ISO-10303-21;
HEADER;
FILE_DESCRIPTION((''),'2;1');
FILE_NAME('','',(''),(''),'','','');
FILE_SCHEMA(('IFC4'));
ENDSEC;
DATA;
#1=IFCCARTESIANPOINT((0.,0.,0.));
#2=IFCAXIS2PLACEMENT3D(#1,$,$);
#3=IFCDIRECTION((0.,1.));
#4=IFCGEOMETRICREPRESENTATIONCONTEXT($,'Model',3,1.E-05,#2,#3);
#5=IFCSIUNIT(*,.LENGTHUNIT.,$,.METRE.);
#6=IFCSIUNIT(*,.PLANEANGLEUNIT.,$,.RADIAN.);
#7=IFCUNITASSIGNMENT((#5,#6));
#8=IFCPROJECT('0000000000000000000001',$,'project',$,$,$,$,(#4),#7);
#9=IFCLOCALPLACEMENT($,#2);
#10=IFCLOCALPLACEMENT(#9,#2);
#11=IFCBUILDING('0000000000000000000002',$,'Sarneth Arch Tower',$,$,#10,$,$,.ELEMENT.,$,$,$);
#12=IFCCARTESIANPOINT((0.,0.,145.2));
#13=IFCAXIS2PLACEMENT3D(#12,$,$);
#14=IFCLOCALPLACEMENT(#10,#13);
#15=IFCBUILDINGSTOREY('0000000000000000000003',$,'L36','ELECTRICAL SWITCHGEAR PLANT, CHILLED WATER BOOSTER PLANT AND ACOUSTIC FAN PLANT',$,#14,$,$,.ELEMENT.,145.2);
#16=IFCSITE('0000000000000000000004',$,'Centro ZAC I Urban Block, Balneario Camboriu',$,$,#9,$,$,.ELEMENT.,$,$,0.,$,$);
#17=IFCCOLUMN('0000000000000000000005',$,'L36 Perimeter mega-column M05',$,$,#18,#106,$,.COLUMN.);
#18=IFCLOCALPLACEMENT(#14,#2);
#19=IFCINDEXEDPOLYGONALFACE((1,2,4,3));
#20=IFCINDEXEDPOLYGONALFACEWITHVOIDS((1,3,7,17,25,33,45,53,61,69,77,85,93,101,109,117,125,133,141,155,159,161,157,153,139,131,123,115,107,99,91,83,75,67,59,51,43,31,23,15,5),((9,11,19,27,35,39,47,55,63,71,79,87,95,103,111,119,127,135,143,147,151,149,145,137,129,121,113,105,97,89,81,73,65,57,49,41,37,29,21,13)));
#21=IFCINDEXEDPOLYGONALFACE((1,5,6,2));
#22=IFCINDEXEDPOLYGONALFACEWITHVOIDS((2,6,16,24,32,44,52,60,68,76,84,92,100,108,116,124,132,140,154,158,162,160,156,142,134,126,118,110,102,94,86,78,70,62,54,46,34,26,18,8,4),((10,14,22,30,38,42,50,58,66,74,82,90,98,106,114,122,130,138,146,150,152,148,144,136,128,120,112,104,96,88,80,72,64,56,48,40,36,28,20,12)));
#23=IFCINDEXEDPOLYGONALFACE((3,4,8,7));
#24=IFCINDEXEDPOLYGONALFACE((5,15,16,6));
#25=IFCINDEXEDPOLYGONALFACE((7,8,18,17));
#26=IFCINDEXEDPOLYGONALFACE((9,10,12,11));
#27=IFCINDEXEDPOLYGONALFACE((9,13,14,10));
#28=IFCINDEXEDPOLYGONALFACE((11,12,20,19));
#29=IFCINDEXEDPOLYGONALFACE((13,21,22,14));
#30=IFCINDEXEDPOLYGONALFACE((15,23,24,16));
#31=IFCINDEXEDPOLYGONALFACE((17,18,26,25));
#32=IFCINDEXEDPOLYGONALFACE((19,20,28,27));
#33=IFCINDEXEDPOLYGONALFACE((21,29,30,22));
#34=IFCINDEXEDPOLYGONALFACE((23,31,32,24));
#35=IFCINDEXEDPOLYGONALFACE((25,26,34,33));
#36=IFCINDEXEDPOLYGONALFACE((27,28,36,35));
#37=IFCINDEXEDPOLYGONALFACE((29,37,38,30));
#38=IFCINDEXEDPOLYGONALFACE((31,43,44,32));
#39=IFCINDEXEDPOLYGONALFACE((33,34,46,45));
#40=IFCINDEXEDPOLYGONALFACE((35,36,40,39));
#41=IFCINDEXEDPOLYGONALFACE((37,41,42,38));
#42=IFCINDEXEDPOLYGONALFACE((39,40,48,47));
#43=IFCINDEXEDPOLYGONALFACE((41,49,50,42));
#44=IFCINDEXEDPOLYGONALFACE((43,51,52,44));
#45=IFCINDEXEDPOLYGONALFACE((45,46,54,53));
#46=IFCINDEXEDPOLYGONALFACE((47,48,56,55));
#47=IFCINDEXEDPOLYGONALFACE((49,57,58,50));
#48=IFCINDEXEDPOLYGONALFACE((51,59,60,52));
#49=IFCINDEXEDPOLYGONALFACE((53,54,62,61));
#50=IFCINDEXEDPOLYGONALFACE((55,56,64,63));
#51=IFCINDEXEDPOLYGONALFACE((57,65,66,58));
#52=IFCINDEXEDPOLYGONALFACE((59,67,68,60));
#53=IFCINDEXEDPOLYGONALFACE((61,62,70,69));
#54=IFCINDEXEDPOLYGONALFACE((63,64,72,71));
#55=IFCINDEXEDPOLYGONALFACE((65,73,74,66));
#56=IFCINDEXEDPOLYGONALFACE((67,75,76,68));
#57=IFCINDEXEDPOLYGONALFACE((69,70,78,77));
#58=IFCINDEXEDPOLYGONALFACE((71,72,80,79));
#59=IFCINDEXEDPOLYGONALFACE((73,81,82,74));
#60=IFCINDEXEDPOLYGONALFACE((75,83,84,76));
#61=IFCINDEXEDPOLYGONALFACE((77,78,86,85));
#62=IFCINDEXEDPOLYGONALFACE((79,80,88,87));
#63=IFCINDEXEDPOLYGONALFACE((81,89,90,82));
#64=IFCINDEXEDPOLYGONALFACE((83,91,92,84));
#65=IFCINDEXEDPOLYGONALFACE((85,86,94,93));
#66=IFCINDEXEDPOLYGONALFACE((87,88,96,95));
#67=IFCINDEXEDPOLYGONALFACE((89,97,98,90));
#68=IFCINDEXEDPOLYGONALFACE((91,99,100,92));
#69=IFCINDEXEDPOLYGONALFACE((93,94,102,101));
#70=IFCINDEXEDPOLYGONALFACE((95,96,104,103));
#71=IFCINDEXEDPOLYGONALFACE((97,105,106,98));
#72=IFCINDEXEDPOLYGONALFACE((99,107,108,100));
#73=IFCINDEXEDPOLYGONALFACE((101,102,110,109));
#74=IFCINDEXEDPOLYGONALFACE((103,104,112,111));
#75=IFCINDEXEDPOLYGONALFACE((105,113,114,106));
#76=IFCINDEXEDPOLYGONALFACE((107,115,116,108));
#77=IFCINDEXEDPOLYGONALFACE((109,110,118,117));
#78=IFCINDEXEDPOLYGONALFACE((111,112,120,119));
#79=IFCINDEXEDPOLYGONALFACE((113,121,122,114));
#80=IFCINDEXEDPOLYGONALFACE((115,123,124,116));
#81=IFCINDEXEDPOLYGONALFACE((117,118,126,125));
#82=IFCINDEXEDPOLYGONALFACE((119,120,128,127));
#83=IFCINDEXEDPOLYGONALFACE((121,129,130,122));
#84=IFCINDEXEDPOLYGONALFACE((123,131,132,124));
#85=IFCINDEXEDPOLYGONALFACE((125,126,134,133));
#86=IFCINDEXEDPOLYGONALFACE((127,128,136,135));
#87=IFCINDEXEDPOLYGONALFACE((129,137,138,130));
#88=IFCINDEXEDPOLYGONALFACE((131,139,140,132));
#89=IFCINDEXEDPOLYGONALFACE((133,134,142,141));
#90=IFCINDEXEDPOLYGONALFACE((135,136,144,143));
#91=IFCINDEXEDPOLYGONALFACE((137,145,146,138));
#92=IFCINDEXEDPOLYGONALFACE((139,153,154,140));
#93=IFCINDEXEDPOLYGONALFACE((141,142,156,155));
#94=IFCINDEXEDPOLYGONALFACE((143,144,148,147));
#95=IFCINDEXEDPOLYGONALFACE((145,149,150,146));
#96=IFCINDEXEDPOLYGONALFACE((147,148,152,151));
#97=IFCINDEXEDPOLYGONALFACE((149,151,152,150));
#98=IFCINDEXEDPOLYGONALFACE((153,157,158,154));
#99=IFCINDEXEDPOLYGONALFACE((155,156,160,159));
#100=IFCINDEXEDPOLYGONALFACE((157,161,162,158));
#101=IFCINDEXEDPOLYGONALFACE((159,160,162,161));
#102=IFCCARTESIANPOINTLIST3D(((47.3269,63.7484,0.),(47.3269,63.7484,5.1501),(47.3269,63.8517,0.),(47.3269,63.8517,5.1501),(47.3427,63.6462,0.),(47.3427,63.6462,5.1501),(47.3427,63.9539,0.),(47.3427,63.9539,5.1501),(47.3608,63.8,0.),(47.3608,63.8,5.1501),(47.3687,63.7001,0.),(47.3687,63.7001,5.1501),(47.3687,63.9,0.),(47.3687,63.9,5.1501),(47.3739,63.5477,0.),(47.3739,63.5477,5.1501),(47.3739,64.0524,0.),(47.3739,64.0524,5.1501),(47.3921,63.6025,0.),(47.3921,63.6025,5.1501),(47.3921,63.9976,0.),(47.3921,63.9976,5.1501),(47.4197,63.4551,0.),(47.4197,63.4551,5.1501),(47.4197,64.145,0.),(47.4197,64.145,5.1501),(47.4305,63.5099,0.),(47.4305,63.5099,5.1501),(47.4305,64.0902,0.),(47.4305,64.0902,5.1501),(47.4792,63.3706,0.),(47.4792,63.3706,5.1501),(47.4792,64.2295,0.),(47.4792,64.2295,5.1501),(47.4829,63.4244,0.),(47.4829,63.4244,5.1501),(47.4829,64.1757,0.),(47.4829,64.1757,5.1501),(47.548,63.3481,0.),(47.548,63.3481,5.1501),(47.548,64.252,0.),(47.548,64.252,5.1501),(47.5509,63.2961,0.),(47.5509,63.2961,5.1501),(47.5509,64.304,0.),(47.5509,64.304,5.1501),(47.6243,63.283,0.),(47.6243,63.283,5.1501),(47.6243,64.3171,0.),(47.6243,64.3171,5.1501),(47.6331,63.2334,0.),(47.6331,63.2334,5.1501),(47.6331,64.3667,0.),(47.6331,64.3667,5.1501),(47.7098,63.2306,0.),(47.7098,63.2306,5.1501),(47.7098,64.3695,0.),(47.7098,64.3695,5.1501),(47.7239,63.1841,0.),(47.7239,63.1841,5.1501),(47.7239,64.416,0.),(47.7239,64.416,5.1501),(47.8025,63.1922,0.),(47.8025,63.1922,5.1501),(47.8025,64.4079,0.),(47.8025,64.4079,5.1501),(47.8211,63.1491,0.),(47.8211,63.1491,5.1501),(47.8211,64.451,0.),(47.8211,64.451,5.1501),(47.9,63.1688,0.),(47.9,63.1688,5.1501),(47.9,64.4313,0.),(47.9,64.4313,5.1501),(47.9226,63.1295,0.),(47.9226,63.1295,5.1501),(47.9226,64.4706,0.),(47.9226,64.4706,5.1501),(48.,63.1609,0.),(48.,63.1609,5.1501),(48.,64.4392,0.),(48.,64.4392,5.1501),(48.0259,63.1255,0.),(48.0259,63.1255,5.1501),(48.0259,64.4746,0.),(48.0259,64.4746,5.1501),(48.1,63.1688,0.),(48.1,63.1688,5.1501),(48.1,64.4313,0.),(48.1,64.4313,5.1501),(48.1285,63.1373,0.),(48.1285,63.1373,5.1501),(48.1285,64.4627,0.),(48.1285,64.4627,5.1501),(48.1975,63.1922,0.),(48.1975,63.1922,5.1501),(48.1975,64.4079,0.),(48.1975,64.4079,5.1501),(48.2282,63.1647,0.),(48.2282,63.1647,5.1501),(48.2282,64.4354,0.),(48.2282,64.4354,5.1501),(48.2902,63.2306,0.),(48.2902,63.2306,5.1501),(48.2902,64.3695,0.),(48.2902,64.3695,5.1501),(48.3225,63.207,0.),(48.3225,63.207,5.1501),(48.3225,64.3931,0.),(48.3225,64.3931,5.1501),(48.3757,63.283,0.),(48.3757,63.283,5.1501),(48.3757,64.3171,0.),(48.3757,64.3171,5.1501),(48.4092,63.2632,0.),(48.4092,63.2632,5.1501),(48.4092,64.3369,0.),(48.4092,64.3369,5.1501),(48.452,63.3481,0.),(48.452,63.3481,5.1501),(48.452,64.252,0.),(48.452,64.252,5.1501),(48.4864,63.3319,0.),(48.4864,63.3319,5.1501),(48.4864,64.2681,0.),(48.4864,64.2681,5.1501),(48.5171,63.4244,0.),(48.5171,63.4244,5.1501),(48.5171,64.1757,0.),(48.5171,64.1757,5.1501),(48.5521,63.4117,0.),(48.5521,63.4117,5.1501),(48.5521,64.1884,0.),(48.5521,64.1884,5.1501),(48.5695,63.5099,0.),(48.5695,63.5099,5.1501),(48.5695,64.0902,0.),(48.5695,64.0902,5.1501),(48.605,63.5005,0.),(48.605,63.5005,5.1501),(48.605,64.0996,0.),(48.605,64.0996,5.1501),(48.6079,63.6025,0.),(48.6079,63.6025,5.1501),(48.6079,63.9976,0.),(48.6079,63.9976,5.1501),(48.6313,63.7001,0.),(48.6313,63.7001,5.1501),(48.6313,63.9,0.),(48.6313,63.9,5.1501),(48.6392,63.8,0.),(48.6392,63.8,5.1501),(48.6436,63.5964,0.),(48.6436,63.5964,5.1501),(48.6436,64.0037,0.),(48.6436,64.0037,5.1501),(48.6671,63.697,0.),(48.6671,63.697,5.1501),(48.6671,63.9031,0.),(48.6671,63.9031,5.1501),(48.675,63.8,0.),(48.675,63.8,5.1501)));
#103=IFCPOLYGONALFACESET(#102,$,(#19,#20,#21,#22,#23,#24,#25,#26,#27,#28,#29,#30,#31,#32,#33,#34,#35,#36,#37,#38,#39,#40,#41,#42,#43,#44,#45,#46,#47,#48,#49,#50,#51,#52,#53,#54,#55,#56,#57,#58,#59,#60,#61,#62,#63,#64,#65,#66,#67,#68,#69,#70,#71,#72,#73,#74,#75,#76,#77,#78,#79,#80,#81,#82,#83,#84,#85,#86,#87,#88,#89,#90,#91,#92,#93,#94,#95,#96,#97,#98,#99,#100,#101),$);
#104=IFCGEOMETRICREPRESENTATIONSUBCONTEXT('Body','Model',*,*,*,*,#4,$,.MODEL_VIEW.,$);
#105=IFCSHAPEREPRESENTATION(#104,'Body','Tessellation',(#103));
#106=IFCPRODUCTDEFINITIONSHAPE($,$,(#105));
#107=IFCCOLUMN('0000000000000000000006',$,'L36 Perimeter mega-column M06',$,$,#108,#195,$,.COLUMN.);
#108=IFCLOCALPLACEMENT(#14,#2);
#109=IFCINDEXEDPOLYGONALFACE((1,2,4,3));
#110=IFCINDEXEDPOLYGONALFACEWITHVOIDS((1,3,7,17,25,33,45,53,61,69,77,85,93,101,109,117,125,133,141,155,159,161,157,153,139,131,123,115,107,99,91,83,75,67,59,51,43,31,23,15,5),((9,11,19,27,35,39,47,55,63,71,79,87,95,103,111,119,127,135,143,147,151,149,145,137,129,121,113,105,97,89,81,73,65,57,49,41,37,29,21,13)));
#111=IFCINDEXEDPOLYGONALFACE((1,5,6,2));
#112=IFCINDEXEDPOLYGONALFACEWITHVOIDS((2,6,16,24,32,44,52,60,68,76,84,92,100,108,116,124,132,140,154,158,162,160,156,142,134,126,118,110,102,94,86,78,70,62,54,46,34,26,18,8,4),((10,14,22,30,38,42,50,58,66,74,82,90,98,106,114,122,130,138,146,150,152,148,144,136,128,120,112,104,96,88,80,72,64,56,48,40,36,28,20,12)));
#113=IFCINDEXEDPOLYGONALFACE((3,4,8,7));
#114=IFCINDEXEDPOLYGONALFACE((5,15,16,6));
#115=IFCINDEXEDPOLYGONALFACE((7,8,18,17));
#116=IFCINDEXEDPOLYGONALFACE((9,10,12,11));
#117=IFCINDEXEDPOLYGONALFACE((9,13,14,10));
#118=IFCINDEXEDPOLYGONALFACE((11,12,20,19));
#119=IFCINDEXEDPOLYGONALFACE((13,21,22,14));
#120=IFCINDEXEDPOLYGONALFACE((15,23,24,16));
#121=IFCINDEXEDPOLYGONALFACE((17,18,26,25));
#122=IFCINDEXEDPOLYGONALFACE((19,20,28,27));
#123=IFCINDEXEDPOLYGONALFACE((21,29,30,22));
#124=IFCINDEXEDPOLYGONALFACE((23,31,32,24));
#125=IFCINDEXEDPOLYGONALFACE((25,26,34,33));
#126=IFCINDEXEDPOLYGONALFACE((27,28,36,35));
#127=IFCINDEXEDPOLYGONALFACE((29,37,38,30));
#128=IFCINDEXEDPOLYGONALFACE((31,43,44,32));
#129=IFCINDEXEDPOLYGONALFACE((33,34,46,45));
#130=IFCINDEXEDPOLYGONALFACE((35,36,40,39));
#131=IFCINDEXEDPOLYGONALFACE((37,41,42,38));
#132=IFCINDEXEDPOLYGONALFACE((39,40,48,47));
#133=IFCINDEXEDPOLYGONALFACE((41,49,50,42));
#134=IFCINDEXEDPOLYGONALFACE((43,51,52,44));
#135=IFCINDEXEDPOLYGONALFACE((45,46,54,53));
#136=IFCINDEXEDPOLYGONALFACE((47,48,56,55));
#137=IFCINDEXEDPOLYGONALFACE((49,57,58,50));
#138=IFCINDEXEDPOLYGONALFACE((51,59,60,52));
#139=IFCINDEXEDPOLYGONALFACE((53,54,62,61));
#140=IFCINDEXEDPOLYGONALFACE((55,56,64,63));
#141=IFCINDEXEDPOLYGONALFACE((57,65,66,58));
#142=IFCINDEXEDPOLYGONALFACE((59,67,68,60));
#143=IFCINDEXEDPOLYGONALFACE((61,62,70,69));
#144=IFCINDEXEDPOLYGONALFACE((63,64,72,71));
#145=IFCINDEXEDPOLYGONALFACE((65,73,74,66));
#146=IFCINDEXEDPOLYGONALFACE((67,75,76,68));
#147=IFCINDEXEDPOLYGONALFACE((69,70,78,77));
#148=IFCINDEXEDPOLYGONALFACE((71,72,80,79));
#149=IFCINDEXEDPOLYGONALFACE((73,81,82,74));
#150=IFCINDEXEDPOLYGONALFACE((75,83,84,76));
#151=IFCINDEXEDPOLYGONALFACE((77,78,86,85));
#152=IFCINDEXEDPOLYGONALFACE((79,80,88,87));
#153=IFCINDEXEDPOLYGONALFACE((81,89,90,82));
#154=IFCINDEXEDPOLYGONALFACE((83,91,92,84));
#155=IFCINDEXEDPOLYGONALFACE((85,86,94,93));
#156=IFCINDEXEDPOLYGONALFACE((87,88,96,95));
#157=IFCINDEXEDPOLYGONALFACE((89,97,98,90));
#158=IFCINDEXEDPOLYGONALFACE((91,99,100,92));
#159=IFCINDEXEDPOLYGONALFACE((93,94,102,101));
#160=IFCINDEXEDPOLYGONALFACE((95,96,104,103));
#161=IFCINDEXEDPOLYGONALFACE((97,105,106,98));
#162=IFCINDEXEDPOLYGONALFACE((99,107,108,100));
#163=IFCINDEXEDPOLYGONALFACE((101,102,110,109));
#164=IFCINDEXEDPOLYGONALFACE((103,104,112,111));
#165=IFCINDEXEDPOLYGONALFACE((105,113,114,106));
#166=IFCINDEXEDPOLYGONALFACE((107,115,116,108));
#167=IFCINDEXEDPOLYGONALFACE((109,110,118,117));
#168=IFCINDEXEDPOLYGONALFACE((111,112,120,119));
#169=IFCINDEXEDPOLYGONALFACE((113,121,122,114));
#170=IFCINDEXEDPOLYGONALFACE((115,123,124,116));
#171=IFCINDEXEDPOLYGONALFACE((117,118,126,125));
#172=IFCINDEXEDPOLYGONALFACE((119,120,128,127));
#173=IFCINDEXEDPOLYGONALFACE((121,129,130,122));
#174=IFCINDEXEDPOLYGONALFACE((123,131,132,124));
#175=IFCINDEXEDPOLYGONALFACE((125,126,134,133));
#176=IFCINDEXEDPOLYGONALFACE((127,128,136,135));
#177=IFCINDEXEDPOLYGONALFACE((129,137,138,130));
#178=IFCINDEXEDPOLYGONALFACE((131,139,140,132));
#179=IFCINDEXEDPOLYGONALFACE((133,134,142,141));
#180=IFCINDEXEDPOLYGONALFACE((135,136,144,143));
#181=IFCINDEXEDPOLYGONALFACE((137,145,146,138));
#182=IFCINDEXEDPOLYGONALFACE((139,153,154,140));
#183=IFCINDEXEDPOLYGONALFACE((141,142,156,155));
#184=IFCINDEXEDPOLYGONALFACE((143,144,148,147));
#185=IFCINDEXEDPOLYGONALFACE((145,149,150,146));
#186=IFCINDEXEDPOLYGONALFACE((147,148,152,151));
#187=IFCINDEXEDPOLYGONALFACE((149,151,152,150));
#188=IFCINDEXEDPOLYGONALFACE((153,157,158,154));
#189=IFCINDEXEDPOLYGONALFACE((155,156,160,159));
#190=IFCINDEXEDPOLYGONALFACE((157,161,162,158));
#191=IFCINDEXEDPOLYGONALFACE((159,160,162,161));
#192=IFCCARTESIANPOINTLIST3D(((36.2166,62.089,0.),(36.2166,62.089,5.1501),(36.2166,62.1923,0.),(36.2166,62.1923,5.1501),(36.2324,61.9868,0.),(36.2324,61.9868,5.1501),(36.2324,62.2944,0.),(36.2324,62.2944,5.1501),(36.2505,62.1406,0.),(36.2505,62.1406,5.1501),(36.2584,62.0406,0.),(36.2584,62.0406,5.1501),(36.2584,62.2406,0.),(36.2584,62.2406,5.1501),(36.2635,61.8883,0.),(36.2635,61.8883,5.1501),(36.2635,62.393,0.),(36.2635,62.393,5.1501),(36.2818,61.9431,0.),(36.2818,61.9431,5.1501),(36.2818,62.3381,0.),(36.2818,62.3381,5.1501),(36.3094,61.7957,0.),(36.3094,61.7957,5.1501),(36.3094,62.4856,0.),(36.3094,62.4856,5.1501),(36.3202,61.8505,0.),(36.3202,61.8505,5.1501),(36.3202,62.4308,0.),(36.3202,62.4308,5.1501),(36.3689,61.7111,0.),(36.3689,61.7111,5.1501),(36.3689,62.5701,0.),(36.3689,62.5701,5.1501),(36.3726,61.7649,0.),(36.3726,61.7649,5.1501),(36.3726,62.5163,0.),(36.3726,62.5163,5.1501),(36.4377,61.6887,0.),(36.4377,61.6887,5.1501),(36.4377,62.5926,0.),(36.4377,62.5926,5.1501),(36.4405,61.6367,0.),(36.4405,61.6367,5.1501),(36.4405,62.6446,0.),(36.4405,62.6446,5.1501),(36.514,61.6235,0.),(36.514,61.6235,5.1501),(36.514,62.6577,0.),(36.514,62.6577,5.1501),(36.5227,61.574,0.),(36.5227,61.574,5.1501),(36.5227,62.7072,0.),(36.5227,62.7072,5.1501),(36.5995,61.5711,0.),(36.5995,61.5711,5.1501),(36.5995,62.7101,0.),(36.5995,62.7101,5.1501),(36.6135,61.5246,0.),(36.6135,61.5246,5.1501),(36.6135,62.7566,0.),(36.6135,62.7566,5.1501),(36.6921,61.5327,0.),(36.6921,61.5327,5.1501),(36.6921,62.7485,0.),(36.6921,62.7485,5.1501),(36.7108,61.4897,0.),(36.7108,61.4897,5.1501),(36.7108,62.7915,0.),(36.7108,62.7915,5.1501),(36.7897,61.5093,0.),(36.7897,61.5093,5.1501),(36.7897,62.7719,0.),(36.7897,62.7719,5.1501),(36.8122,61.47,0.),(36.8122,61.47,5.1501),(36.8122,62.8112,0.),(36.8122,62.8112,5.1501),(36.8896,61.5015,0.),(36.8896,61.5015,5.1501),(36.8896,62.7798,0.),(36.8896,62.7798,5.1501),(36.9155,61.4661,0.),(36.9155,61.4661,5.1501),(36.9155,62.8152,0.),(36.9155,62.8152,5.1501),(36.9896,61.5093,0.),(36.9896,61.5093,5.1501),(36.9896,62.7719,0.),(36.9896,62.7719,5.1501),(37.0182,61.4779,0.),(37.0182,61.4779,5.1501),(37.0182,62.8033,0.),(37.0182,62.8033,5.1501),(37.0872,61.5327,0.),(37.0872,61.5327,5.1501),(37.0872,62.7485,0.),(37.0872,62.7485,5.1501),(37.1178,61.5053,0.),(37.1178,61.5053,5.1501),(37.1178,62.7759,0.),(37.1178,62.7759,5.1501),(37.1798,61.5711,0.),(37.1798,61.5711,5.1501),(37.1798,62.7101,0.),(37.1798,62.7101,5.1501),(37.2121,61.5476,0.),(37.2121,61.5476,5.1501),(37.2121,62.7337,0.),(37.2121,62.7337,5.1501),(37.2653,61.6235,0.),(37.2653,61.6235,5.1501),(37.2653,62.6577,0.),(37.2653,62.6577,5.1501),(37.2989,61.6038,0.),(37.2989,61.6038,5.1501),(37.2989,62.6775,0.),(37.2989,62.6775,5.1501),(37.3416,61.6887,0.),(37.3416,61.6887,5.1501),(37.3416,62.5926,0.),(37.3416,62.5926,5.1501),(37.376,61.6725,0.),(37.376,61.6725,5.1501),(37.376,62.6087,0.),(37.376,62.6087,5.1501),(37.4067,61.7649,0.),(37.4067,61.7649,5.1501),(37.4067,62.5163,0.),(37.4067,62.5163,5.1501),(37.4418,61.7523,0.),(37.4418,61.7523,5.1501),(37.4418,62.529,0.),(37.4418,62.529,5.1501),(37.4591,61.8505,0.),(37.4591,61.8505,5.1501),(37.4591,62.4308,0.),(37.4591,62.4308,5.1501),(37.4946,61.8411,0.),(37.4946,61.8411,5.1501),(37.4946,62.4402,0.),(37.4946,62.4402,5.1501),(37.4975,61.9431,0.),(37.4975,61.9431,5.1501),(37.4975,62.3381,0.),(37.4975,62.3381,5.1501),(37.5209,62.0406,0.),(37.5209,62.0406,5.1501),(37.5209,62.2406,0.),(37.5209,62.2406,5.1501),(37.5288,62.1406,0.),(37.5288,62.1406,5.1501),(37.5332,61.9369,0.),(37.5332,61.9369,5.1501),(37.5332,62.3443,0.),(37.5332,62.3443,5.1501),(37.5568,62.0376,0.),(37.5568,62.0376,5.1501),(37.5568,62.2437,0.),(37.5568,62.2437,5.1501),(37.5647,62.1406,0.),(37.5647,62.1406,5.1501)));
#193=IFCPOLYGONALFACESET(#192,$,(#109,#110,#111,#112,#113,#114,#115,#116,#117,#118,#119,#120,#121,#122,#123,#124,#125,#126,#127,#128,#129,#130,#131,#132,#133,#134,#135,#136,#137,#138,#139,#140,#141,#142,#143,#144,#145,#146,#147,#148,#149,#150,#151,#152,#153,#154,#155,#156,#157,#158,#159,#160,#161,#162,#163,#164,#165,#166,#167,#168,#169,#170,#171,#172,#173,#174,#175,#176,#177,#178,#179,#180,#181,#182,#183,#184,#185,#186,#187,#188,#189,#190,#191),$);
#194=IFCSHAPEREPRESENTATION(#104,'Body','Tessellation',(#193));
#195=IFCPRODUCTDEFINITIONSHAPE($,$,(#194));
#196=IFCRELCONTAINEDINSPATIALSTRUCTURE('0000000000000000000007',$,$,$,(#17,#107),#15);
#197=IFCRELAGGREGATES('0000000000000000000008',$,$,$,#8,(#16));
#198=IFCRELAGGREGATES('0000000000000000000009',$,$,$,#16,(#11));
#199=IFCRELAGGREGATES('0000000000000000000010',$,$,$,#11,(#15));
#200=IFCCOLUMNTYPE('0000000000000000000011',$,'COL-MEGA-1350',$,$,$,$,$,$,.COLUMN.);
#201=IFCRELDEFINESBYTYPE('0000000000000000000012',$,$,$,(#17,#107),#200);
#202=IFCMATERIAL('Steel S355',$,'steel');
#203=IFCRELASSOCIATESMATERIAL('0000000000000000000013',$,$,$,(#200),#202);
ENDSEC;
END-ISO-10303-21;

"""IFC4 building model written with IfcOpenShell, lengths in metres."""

from ifc_helpers import new_model, si_unit, direction, frame, origin, origin_2d, place, context, subcontext, project, spatial, hollow_circle, extrude, material, material_profile, profile_set, type_object, element, save


model = new_model("IFC4")

# Units and contexts
model_context = context("Model", 3, precision=1e-05, world=origin(), true_north=direction((0.0, 1.0)))
body_context = subcontext(model_context, "Body", "Model", "MODEL_VIEW")
ifc_project = project(units=[si_unit("LENGTHUNIT", "METRE"), si_unit("PLANEANGLEUNIT", "RADIAN")], contexts=[model_context])

# Site, building, storey
site_placement = place(None, origin())
site = spatial("IfcSite", under=ifc_project, at=site_placement, Name="Centro ZAC I Urban Block, Balneario Camboriu", CompositionType="ELEMENT", RefElevation=0.0)
building_placement = place(site_placement, origin())
building = spatial("IfcBuilding", under=site, at=building_placement, Name="Sarneth Arch Tower", CompositionType="ELEMENT")
storey_placement = place(building_placement, frame((0.0, 0.0, 145.2)))
storey = spatial("IfcBuildingStorey", under=building, at=storey_placement, Name="L36", Description="ELECTRICAL SWITCHGEAR PLANT, CHILLED WATER BOOSTER PLANT AND ACOUSTIC FAN PLANT", CompositionType="ELEMENT", Elevation=145.2)

# Columns
ifc_material_1 = material(Name="Steel S355", Category="steel")
ifc_material_profile_1 = material_profile(ifc_material_1, hollow_circle(Radius=0.675, WallThickness=0.0359, at=origin_2d()), Name="CHS1350x36")
ifc_profile_set_1 = profile_set([ifc_material_profile_1], Name="Steel S355")
column_type = type_object("IfcColumnType", Name="COL-MEGA-1350", PredefinedType="COLUMN", material=ifc_profile_set_1)
for number, where, z_axis, x_axis, name in (
    (1, (48.0, 63.8, 0.0), (0.0, 0.0, 1.0), (1.0, 0.0, 0.0), "L36 Perimeter mega-column M05"),
    (2, (36.8896, 62.1406, 0.0), (0.0, 0.0, 1.0), (1.0, 0.0, 0.0), "L36 Perimeter mega-column M06"),
):
    element("IfcColumn", number, at=place(storey_placement, frame(where, z_axis=z_axis, x_axis=x_axis)), inside=storey, type_object=column_type, Name=name, PredefinedType="COLUMN", context=body_context, shape_type="SweptSolid", body=[
        extrude(hollow_circle(Radius=0.675, WallThickness=0.0359, at=origin_2d()), origin(), (0.0, 0.0, 1.0), 5.1501),
    ])

save(model, "model.ifc")
